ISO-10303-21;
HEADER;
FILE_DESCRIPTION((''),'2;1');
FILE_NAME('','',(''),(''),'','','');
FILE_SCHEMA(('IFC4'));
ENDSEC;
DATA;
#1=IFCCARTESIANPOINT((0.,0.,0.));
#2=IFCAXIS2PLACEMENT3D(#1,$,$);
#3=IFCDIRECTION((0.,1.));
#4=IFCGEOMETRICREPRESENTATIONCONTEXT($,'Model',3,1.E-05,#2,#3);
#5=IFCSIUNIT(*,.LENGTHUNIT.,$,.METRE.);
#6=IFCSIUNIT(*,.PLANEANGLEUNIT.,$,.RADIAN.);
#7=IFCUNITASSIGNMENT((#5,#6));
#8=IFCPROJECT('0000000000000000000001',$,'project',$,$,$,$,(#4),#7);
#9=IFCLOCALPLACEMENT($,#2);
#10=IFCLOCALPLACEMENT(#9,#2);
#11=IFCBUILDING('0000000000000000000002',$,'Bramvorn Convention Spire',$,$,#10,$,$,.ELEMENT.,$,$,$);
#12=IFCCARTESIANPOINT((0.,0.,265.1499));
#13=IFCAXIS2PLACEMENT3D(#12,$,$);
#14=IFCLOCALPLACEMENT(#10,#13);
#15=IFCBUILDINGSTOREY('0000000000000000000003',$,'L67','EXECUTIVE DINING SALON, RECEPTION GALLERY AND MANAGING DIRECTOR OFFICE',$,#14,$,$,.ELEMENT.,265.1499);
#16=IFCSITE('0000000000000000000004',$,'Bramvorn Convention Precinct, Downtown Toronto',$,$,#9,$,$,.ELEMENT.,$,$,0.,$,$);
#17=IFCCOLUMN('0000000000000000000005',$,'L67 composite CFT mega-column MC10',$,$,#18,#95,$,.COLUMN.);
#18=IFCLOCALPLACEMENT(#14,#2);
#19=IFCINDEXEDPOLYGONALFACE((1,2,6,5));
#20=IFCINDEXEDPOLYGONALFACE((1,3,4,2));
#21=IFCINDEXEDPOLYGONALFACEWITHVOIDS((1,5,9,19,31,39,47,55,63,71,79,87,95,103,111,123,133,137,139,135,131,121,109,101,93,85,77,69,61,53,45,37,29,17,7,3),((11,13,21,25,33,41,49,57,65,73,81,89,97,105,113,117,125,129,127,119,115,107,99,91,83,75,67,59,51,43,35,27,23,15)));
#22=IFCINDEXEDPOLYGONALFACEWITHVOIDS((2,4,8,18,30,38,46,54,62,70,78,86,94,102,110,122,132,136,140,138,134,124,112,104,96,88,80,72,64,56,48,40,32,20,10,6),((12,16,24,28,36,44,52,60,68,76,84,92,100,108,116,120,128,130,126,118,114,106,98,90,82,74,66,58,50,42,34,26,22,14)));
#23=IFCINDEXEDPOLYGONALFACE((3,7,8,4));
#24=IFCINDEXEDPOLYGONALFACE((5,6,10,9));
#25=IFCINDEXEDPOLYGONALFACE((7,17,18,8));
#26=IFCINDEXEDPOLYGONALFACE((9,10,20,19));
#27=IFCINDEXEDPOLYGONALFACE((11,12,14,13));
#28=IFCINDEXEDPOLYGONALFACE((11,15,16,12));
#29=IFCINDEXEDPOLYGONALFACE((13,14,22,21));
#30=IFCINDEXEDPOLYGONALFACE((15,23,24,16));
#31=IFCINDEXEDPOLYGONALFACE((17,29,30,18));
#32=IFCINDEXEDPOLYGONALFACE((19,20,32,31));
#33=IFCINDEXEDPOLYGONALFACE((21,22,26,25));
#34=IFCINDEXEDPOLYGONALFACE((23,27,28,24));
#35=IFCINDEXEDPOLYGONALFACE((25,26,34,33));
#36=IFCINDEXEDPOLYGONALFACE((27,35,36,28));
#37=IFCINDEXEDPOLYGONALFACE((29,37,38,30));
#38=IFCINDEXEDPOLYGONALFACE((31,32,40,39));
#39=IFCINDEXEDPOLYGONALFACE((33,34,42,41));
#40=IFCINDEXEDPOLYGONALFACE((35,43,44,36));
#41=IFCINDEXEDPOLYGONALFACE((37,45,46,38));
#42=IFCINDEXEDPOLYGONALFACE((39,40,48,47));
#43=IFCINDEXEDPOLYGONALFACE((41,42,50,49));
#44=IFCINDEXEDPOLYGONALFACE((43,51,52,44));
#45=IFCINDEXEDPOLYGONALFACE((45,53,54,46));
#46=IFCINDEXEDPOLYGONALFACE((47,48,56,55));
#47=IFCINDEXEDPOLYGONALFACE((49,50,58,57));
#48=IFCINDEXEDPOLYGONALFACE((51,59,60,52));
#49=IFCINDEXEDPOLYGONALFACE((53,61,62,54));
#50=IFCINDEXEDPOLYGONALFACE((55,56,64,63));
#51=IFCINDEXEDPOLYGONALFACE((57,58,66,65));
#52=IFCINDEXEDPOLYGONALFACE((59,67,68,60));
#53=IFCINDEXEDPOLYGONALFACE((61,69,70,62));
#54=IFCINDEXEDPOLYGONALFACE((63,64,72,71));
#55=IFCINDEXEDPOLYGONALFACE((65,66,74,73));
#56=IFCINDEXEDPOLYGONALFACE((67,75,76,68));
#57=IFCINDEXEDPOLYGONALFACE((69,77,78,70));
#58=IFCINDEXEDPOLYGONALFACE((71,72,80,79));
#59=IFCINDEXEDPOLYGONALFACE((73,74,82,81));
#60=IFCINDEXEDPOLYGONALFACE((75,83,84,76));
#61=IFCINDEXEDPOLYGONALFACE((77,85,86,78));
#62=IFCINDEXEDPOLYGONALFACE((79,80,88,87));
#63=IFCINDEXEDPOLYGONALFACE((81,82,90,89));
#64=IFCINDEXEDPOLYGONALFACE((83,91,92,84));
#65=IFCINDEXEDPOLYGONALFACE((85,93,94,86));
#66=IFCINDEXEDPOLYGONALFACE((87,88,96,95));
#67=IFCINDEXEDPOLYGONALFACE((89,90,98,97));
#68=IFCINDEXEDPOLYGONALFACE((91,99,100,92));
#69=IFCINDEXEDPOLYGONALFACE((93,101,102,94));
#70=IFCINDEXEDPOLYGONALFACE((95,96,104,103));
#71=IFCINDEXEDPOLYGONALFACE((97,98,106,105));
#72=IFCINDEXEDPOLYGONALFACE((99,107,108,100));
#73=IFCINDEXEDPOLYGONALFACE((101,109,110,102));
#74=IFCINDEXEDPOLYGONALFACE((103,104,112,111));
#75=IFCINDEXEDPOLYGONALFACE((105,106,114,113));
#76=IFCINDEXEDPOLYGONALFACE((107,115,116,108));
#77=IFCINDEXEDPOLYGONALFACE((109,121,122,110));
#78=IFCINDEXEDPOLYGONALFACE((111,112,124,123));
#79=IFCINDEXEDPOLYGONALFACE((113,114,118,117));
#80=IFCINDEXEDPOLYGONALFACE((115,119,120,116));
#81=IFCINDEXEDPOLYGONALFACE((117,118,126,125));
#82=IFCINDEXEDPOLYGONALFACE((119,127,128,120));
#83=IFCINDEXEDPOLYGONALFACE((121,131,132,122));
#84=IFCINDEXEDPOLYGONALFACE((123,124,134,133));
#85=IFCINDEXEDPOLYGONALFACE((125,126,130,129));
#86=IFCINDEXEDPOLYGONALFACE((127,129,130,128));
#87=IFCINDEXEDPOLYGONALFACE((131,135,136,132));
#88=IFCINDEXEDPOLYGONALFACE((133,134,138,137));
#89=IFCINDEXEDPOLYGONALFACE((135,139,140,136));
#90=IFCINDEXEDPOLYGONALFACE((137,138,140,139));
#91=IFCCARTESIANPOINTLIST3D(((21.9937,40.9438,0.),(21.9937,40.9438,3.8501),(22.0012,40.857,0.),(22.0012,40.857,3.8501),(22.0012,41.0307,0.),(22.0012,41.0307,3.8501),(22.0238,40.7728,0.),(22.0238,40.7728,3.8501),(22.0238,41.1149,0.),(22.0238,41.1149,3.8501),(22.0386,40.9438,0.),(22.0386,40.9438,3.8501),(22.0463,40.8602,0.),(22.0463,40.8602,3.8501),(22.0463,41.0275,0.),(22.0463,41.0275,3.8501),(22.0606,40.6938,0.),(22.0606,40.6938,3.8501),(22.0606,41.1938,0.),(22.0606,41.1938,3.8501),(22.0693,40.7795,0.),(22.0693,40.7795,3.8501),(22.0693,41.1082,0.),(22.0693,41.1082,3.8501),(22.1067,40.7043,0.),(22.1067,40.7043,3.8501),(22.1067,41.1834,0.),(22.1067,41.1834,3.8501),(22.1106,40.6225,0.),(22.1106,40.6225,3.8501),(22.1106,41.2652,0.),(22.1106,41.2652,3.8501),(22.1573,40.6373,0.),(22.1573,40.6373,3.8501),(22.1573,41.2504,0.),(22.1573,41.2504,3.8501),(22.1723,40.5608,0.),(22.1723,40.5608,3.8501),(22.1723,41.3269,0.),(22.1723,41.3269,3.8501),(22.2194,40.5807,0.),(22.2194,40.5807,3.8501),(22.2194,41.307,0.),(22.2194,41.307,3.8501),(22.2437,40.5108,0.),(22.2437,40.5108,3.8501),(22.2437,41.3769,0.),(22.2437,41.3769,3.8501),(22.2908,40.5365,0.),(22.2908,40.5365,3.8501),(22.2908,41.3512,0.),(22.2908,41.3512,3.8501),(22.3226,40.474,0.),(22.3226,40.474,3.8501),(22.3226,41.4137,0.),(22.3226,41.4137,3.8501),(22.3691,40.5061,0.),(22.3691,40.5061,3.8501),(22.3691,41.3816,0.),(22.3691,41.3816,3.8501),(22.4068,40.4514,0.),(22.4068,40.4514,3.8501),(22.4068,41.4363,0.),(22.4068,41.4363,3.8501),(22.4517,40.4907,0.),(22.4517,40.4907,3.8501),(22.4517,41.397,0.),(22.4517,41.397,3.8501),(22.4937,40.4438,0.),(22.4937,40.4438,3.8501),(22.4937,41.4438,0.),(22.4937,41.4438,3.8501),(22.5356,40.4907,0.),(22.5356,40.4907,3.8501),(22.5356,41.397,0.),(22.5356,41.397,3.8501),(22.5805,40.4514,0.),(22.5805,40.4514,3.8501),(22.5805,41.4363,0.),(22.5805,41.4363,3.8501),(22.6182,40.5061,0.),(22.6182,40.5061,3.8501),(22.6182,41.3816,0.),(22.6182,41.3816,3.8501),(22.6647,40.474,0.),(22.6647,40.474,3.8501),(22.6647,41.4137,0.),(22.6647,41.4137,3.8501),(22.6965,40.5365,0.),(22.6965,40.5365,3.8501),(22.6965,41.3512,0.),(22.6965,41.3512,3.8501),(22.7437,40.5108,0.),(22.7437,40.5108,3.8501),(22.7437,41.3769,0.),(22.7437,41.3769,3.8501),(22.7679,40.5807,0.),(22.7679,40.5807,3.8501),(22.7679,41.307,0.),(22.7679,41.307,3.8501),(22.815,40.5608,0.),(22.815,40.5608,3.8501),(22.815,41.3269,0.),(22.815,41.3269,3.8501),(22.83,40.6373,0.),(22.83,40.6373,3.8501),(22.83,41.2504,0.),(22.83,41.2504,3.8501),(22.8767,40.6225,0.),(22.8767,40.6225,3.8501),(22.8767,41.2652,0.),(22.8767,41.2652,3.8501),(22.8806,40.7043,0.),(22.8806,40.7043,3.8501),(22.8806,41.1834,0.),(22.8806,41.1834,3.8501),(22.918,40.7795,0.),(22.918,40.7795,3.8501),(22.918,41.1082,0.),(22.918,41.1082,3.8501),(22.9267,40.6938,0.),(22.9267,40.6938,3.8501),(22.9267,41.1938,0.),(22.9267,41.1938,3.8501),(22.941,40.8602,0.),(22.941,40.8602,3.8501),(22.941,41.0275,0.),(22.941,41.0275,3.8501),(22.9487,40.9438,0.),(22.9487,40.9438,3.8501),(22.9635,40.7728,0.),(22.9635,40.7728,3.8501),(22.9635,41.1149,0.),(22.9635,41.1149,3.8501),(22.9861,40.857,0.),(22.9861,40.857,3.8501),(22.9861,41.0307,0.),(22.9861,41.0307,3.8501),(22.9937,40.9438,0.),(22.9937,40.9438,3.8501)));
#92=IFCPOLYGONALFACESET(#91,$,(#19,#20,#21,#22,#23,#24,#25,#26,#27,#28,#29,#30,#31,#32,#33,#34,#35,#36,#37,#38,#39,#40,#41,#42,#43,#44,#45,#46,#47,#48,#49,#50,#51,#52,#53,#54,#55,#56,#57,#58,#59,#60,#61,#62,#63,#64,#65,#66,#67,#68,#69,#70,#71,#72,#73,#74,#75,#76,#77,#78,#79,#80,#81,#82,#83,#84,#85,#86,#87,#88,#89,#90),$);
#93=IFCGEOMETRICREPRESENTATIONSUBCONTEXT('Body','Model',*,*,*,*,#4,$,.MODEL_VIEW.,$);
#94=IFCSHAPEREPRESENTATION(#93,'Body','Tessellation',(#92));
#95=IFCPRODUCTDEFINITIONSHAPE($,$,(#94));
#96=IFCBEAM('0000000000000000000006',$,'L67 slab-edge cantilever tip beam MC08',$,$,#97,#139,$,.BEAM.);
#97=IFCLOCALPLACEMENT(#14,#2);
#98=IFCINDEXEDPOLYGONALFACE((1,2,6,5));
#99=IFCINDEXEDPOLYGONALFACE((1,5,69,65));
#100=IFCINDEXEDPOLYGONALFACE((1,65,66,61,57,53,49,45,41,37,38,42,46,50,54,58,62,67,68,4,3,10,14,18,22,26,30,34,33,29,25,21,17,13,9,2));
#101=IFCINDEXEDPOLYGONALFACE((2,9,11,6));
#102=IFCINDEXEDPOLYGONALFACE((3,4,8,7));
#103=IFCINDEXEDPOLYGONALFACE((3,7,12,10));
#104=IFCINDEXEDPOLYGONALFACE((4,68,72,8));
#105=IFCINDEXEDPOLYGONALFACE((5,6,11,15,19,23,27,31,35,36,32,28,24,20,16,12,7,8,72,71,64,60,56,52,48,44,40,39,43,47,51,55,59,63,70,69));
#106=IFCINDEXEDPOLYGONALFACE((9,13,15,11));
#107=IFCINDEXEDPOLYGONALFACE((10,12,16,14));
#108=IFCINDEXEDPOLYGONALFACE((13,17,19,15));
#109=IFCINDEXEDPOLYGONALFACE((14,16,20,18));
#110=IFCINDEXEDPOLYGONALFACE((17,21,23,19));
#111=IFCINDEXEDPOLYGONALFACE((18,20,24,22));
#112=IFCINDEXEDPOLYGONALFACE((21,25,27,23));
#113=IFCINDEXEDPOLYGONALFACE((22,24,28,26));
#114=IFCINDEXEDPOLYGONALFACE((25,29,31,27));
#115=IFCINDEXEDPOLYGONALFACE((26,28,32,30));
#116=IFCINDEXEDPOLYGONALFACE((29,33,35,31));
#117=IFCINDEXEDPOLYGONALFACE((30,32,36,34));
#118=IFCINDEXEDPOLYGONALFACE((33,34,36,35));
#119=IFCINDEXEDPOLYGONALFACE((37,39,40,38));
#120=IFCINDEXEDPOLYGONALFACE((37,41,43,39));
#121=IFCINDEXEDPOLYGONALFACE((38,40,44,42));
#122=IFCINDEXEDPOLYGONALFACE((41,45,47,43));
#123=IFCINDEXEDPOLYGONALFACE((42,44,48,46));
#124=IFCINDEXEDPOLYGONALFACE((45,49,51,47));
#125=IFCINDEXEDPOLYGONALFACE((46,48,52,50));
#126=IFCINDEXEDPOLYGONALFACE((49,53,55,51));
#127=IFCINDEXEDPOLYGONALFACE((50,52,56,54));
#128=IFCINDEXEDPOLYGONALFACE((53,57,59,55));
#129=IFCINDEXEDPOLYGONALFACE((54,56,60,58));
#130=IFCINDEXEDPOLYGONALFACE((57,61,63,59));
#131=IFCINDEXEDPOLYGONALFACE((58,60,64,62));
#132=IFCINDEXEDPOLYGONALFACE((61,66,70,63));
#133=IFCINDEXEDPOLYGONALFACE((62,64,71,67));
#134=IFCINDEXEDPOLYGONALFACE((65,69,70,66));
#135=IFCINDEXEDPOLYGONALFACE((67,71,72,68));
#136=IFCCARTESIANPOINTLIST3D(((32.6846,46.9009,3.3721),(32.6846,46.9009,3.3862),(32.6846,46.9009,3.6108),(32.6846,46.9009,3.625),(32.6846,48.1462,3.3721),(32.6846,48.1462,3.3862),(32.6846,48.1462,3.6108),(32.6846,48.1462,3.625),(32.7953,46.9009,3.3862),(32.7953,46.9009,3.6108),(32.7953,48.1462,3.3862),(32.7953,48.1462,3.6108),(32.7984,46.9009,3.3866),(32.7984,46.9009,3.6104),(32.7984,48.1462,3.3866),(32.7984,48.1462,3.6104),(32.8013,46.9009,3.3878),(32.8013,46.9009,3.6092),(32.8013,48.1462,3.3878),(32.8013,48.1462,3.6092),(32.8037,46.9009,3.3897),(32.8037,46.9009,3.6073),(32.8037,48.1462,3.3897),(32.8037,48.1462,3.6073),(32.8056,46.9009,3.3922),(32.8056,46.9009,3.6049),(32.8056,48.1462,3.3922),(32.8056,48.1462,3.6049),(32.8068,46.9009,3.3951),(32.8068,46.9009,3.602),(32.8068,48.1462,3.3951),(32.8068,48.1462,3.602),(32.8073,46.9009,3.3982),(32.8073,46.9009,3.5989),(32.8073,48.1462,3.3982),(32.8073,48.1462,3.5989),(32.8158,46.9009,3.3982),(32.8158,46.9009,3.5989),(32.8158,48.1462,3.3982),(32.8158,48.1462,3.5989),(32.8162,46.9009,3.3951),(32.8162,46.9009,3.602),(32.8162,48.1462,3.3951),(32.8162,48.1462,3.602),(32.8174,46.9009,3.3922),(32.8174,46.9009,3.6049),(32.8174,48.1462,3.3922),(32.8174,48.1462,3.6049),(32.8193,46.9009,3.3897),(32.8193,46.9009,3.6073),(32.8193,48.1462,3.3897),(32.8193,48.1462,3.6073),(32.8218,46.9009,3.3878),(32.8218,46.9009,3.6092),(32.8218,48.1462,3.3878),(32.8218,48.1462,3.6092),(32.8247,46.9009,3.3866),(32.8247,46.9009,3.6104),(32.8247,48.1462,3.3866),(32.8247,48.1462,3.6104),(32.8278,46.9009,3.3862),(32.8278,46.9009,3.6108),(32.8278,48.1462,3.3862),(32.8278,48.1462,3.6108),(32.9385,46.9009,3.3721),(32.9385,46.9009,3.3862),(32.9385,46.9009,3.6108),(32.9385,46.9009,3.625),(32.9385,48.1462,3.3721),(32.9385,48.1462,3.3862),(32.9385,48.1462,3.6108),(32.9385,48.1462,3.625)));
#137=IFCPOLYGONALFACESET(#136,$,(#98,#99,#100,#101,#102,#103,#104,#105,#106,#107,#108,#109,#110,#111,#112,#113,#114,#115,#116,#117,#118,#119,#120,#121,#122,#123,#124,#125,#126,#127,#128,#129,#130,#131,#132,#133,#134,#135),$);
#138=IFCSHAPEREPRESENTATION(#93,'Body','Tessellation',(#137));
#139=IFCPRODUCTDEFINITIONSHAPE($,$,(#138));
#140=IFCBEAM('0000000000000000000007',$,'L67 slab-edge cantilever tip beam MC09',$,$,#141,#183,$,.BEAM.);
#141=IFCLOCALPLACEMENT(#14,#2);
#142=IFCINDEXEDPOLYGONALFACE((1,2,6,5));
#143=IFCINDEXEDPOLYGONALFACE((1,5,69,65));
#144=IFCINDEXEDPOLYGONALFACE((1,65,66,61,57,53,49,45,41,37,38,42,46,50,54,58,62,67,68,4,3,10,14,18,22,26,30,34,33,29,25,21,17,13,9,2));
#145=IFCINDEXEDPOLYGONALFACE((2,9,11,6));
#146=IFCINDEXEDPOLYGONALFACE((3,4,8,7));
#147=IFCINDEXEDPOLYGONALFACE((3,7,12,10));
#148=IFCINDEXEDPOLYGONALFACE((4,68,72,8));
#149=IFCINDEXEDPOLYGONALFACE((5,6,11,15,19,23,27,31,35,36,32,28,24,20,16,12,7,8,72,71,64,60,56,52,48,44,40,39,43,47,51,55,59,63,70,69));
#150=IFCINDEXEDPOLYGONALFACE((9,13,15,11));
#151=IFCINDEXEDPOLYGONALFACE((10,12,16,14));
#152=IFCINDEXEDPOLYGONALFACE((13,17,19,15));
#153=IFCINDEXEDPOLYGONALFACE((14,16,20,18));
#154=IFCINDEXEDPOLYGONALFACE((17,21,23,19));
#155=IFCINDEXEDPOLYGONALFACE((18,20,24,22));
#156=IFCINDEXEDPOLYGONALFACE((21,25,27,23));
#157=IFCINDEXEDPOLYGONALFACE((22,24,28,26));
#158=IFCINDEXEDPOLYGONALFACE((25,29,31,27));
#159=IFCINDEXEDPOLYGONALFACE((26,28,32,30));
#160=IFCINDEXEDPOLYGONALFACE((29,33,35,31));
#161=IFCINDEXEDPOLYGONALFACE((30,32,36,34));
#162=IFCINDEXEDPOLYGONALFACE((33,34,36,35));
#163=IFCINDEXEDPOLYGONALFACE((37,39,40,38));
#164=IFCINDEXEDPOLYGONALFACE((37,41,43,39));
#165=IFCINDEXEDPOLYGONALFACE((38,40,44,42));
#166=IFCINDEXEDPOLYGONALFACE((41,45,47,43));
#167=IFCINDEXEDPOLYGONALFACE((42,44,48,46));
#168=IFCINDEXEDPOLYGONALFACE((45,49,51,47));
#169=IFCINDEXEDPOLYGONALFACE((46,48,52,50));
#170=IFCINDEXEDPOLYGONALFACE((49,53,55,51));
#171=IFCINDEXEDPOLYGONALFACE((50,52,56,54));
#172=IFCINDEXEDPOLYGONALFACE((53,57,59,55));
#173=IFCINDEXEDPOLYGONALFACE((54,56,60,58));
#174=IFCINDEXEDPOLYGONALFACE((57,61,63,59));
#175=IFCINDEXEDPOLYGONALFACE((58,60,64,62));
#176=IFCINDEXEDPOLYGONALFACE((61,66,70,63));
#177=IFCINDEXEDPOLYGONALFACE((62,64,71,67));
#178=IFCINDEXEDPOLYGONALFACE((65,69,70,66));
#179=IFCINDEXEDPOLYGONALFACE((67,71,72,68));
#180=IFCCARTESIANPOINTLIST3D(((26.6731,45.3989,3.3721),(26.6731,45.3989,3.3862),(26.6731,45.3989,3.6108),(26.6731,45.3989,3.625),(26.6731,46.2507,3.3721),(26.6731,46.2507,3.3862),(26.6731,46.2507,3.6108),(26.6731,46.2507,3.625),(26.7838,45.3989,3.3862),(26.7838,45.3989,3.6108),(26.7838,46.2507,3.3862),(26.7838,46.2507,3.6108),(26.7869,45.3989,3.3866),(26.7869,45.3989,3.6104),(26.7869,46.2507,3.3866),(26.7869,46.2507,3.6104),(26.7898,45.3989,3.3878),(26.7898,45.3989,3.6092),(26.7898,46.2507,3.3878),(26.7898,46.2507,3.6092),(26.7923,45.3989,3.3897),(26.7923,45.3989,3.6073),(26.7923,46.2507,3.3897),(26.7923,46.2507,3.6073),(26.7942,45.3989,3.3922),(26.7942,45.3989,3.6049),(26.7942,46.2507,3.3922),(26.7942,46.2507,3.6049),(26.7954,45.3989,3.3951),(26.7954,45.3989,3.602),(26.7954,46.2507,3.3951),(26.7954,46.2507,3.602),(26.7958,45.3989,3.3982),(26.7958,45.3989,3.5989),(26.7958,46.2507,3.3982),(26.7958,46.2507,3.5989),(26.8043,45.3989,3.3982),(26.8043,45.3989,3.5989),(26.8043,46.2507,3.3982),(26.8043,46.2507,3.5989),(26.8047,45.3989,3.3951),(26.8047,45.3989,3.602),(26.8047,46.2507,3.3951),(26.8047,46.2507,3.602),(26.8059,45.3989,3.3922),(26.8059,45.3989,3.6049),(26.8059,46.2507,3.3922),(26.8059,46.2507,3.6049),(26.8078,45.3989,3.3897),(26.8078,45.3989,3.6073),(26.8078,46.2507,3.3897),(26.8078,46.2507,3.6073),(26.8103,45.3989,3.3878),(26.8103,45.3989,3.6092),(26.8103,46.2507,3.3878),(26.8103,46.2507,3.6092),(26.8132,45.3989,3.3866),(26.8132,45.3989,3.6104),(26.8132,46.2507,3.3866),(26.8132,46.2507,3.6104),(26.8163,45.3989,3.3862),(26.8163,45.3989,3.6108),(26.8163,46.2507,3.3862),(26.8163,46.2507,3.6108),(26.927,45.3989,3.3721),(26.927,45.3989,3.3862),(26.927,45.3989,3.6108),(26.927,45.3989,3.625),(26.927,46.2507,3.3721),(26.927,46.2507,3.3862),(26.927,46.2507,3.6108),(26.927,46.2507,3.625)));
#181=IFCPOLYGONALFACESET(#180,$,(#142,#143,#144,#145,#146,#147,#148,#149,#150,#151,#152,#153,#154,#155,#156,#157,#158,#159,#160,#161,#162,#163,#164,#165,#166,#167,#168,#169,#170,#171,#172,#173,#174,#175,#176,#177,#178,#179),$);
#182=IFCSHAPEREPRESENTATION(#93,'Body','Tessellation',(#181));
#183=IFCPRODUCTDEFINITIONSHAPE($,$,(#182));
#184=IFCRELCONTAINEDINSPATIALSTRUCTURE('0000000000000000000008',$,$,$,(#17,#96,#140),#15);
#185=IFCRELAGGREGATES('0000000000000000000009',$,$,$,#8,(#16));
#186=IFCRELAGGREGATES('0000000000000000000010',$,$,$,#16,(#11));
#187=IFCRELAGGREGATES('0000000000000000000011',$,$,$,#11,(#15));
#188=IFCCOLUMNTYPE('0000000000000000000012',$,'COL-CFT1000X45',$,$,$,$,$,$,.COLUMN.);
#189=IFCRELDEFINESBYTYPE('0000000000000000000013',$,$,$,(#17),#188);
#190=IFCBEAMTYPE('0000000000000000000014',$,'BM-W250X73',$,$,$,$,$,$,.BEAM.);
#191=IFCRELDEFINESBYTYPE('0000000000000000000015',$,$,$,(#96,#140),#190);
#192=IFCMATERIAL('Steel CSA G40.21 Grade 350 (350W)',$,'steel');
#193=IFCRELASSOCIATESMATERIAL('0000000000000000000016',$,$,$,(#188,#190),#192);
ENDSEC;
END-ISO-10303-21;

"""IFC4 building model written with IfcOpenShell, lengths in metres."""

from ifc_helpers import new_model, si_unit, direction, frame, origin, origin_2d, place, context, subcontext, project, spatial, hollow_circle, i_section, extrude, material, material_profile, profile_set, type_object, element, save


model = new_model("IFC4")

# Units and contexts
model_context = context("Model", 3, precision=1e-05, world=origin(), true_north=direction((0.0, 1.0)))
body_context = subcontext(model_context, "Body", "Model", "MODEL_VIEW")
ifc_project = project(units=[si_unit("LENGTHUNIT", "METRE"), si_unit("PLANEANGLEUNIT", "RADIAN")], contexts=[model_context])

# Site, building, storey
site_placement = place(None, origin())
site = spatial("IfcSite", under=ifc_project, at=site_placement, Name="Bramvorn Convention Precinct, Downtown Toronto", CompositionType="ELEMENT", RefElevation=0.0)
building_placement = place(site_placement, origin())
building = spatial("IfcBuilding", under=site, at=building_placement, Name="Bramvorn Convention Spire", CompositionType="ELEMENT")
storey_placement = place(building_placement, frame((0.0, 0.0, 265.1499)))
storey = spatial("IfcBuildingStorey", under=building, at=storey_placement, Name="L67", Description="EXECUTIVE DINING SALON, RECEPTION GALLERY AND MANAGING DIRECTOR OFFICE", CompositionType="ELEMENT", Elevation=265.1499)

# Column
ifc_material_1 = material(Name="Steel CSA G40.21 Grade 350 (350W)", Category="steel")
ifc_material_profile_1 = material_profile(ifc_material_1, hollow_circle(Radius=0.5, WallThickness=0.0449, at=origin_2d()))
ifc_profile_set_1 = profile_set([ifc_material_profile_1], Name="Steel CSA G40.21 Grade 350 (350W) - CFT1000X45")
column_type = type_object("IfcColumnType", Name="COL-CFT1000X45", PredefinedType="COLUMN", material=ifc_profile_set_1)
for number, where, z_axis, x_axis, name in (
    (1, (22.4937, 40.9438, 0.0), (0.0, 0.0, 1.0), (1.0, 0.0, 0.0), "L67 composite CFT mega-column MC10"),
):
    element("IfcColumn", number, at=place(storey_placement, frame(where, z_axis=z_axis, x_axis=x_axis)), inside=storey, type_object=column_type, Name=name, PredefinedType="COLUMN", context=body_context, shape_type="SweptSolid", body=[
        extrude(hollow_circle(Radius=0.5, WallThickness=0.0449, at=origin_2d()), origin(), (0.0, 0.0, 1.0), 3.8501),
    ])

# Beams
ifc_material_profile_2 = material_profile(ifc_material_1, i_section(OverallWidth=0.2539, OverallDepth=0.2529, WebThickness=0.0085, FlangeThickness=0.0142, FilletRadius=0.012, at=origin_2d()))
ifc_profile_set_2 = profile_set([ifc_material_profile_2], Name="Steel CSA G40.21 Grade 350 (350W) - W250X73")
beam_type_1 = type_object("IfcBeamType", Name="BM-W250X73", PredefinedType="BEAM", material=ifc_profile_set_2)
beam_1_placement = place(storey_placement, frame((32.8115, 46.9009, 3.4985), z_axis=(0.0, 1.0, 0.0), x_axis=(-1.0, 0.0, 0.0)))
element("IfcBeam", 2, at=beam_1_placement, inside=storey, type_object=beam_type_1, Name="L67 slab-edge cantilever tip beam MC08", PredefinedType="BEAM", context=body_context, shape_type="SweptSolid", body=[
    extrude(i_section(OverallWidth=0.2539, OverallDepth=0.2529, WebThickness=0.0085, FlangeThickness=0.0142, FilletRadius=0.012, at=origin_2d()), origin(), (0.0, 0.0, 1.0), 1.2454),
])
beam_2_placement = place(storey_placement, frame((26.8, 45.3989, 3.4985), z_axis=(0.0, 1.0, 0.0), x_axis=(-1.0, 0.0, 0.0)))
element("IfcBeam", 3, at=beam_2_placement, inside=storey, type_object=beam_type_1, Name="L67 slab-edge cantilever tip beam MC09", PredefinedType="BEAM", context=body_context, shape_type="SweptSolid", body=[
    extrude(i_section(OverallWidth=0.2539, OverallDepth=0.2529, WebThickness=0.0085, FlangeThickness=0.0142, FilletRadius=0.012, at=origin_2d()), origin(), (0.0, 0.0, 1.0), 0.8518),
])

save(model, "model.ifc")
